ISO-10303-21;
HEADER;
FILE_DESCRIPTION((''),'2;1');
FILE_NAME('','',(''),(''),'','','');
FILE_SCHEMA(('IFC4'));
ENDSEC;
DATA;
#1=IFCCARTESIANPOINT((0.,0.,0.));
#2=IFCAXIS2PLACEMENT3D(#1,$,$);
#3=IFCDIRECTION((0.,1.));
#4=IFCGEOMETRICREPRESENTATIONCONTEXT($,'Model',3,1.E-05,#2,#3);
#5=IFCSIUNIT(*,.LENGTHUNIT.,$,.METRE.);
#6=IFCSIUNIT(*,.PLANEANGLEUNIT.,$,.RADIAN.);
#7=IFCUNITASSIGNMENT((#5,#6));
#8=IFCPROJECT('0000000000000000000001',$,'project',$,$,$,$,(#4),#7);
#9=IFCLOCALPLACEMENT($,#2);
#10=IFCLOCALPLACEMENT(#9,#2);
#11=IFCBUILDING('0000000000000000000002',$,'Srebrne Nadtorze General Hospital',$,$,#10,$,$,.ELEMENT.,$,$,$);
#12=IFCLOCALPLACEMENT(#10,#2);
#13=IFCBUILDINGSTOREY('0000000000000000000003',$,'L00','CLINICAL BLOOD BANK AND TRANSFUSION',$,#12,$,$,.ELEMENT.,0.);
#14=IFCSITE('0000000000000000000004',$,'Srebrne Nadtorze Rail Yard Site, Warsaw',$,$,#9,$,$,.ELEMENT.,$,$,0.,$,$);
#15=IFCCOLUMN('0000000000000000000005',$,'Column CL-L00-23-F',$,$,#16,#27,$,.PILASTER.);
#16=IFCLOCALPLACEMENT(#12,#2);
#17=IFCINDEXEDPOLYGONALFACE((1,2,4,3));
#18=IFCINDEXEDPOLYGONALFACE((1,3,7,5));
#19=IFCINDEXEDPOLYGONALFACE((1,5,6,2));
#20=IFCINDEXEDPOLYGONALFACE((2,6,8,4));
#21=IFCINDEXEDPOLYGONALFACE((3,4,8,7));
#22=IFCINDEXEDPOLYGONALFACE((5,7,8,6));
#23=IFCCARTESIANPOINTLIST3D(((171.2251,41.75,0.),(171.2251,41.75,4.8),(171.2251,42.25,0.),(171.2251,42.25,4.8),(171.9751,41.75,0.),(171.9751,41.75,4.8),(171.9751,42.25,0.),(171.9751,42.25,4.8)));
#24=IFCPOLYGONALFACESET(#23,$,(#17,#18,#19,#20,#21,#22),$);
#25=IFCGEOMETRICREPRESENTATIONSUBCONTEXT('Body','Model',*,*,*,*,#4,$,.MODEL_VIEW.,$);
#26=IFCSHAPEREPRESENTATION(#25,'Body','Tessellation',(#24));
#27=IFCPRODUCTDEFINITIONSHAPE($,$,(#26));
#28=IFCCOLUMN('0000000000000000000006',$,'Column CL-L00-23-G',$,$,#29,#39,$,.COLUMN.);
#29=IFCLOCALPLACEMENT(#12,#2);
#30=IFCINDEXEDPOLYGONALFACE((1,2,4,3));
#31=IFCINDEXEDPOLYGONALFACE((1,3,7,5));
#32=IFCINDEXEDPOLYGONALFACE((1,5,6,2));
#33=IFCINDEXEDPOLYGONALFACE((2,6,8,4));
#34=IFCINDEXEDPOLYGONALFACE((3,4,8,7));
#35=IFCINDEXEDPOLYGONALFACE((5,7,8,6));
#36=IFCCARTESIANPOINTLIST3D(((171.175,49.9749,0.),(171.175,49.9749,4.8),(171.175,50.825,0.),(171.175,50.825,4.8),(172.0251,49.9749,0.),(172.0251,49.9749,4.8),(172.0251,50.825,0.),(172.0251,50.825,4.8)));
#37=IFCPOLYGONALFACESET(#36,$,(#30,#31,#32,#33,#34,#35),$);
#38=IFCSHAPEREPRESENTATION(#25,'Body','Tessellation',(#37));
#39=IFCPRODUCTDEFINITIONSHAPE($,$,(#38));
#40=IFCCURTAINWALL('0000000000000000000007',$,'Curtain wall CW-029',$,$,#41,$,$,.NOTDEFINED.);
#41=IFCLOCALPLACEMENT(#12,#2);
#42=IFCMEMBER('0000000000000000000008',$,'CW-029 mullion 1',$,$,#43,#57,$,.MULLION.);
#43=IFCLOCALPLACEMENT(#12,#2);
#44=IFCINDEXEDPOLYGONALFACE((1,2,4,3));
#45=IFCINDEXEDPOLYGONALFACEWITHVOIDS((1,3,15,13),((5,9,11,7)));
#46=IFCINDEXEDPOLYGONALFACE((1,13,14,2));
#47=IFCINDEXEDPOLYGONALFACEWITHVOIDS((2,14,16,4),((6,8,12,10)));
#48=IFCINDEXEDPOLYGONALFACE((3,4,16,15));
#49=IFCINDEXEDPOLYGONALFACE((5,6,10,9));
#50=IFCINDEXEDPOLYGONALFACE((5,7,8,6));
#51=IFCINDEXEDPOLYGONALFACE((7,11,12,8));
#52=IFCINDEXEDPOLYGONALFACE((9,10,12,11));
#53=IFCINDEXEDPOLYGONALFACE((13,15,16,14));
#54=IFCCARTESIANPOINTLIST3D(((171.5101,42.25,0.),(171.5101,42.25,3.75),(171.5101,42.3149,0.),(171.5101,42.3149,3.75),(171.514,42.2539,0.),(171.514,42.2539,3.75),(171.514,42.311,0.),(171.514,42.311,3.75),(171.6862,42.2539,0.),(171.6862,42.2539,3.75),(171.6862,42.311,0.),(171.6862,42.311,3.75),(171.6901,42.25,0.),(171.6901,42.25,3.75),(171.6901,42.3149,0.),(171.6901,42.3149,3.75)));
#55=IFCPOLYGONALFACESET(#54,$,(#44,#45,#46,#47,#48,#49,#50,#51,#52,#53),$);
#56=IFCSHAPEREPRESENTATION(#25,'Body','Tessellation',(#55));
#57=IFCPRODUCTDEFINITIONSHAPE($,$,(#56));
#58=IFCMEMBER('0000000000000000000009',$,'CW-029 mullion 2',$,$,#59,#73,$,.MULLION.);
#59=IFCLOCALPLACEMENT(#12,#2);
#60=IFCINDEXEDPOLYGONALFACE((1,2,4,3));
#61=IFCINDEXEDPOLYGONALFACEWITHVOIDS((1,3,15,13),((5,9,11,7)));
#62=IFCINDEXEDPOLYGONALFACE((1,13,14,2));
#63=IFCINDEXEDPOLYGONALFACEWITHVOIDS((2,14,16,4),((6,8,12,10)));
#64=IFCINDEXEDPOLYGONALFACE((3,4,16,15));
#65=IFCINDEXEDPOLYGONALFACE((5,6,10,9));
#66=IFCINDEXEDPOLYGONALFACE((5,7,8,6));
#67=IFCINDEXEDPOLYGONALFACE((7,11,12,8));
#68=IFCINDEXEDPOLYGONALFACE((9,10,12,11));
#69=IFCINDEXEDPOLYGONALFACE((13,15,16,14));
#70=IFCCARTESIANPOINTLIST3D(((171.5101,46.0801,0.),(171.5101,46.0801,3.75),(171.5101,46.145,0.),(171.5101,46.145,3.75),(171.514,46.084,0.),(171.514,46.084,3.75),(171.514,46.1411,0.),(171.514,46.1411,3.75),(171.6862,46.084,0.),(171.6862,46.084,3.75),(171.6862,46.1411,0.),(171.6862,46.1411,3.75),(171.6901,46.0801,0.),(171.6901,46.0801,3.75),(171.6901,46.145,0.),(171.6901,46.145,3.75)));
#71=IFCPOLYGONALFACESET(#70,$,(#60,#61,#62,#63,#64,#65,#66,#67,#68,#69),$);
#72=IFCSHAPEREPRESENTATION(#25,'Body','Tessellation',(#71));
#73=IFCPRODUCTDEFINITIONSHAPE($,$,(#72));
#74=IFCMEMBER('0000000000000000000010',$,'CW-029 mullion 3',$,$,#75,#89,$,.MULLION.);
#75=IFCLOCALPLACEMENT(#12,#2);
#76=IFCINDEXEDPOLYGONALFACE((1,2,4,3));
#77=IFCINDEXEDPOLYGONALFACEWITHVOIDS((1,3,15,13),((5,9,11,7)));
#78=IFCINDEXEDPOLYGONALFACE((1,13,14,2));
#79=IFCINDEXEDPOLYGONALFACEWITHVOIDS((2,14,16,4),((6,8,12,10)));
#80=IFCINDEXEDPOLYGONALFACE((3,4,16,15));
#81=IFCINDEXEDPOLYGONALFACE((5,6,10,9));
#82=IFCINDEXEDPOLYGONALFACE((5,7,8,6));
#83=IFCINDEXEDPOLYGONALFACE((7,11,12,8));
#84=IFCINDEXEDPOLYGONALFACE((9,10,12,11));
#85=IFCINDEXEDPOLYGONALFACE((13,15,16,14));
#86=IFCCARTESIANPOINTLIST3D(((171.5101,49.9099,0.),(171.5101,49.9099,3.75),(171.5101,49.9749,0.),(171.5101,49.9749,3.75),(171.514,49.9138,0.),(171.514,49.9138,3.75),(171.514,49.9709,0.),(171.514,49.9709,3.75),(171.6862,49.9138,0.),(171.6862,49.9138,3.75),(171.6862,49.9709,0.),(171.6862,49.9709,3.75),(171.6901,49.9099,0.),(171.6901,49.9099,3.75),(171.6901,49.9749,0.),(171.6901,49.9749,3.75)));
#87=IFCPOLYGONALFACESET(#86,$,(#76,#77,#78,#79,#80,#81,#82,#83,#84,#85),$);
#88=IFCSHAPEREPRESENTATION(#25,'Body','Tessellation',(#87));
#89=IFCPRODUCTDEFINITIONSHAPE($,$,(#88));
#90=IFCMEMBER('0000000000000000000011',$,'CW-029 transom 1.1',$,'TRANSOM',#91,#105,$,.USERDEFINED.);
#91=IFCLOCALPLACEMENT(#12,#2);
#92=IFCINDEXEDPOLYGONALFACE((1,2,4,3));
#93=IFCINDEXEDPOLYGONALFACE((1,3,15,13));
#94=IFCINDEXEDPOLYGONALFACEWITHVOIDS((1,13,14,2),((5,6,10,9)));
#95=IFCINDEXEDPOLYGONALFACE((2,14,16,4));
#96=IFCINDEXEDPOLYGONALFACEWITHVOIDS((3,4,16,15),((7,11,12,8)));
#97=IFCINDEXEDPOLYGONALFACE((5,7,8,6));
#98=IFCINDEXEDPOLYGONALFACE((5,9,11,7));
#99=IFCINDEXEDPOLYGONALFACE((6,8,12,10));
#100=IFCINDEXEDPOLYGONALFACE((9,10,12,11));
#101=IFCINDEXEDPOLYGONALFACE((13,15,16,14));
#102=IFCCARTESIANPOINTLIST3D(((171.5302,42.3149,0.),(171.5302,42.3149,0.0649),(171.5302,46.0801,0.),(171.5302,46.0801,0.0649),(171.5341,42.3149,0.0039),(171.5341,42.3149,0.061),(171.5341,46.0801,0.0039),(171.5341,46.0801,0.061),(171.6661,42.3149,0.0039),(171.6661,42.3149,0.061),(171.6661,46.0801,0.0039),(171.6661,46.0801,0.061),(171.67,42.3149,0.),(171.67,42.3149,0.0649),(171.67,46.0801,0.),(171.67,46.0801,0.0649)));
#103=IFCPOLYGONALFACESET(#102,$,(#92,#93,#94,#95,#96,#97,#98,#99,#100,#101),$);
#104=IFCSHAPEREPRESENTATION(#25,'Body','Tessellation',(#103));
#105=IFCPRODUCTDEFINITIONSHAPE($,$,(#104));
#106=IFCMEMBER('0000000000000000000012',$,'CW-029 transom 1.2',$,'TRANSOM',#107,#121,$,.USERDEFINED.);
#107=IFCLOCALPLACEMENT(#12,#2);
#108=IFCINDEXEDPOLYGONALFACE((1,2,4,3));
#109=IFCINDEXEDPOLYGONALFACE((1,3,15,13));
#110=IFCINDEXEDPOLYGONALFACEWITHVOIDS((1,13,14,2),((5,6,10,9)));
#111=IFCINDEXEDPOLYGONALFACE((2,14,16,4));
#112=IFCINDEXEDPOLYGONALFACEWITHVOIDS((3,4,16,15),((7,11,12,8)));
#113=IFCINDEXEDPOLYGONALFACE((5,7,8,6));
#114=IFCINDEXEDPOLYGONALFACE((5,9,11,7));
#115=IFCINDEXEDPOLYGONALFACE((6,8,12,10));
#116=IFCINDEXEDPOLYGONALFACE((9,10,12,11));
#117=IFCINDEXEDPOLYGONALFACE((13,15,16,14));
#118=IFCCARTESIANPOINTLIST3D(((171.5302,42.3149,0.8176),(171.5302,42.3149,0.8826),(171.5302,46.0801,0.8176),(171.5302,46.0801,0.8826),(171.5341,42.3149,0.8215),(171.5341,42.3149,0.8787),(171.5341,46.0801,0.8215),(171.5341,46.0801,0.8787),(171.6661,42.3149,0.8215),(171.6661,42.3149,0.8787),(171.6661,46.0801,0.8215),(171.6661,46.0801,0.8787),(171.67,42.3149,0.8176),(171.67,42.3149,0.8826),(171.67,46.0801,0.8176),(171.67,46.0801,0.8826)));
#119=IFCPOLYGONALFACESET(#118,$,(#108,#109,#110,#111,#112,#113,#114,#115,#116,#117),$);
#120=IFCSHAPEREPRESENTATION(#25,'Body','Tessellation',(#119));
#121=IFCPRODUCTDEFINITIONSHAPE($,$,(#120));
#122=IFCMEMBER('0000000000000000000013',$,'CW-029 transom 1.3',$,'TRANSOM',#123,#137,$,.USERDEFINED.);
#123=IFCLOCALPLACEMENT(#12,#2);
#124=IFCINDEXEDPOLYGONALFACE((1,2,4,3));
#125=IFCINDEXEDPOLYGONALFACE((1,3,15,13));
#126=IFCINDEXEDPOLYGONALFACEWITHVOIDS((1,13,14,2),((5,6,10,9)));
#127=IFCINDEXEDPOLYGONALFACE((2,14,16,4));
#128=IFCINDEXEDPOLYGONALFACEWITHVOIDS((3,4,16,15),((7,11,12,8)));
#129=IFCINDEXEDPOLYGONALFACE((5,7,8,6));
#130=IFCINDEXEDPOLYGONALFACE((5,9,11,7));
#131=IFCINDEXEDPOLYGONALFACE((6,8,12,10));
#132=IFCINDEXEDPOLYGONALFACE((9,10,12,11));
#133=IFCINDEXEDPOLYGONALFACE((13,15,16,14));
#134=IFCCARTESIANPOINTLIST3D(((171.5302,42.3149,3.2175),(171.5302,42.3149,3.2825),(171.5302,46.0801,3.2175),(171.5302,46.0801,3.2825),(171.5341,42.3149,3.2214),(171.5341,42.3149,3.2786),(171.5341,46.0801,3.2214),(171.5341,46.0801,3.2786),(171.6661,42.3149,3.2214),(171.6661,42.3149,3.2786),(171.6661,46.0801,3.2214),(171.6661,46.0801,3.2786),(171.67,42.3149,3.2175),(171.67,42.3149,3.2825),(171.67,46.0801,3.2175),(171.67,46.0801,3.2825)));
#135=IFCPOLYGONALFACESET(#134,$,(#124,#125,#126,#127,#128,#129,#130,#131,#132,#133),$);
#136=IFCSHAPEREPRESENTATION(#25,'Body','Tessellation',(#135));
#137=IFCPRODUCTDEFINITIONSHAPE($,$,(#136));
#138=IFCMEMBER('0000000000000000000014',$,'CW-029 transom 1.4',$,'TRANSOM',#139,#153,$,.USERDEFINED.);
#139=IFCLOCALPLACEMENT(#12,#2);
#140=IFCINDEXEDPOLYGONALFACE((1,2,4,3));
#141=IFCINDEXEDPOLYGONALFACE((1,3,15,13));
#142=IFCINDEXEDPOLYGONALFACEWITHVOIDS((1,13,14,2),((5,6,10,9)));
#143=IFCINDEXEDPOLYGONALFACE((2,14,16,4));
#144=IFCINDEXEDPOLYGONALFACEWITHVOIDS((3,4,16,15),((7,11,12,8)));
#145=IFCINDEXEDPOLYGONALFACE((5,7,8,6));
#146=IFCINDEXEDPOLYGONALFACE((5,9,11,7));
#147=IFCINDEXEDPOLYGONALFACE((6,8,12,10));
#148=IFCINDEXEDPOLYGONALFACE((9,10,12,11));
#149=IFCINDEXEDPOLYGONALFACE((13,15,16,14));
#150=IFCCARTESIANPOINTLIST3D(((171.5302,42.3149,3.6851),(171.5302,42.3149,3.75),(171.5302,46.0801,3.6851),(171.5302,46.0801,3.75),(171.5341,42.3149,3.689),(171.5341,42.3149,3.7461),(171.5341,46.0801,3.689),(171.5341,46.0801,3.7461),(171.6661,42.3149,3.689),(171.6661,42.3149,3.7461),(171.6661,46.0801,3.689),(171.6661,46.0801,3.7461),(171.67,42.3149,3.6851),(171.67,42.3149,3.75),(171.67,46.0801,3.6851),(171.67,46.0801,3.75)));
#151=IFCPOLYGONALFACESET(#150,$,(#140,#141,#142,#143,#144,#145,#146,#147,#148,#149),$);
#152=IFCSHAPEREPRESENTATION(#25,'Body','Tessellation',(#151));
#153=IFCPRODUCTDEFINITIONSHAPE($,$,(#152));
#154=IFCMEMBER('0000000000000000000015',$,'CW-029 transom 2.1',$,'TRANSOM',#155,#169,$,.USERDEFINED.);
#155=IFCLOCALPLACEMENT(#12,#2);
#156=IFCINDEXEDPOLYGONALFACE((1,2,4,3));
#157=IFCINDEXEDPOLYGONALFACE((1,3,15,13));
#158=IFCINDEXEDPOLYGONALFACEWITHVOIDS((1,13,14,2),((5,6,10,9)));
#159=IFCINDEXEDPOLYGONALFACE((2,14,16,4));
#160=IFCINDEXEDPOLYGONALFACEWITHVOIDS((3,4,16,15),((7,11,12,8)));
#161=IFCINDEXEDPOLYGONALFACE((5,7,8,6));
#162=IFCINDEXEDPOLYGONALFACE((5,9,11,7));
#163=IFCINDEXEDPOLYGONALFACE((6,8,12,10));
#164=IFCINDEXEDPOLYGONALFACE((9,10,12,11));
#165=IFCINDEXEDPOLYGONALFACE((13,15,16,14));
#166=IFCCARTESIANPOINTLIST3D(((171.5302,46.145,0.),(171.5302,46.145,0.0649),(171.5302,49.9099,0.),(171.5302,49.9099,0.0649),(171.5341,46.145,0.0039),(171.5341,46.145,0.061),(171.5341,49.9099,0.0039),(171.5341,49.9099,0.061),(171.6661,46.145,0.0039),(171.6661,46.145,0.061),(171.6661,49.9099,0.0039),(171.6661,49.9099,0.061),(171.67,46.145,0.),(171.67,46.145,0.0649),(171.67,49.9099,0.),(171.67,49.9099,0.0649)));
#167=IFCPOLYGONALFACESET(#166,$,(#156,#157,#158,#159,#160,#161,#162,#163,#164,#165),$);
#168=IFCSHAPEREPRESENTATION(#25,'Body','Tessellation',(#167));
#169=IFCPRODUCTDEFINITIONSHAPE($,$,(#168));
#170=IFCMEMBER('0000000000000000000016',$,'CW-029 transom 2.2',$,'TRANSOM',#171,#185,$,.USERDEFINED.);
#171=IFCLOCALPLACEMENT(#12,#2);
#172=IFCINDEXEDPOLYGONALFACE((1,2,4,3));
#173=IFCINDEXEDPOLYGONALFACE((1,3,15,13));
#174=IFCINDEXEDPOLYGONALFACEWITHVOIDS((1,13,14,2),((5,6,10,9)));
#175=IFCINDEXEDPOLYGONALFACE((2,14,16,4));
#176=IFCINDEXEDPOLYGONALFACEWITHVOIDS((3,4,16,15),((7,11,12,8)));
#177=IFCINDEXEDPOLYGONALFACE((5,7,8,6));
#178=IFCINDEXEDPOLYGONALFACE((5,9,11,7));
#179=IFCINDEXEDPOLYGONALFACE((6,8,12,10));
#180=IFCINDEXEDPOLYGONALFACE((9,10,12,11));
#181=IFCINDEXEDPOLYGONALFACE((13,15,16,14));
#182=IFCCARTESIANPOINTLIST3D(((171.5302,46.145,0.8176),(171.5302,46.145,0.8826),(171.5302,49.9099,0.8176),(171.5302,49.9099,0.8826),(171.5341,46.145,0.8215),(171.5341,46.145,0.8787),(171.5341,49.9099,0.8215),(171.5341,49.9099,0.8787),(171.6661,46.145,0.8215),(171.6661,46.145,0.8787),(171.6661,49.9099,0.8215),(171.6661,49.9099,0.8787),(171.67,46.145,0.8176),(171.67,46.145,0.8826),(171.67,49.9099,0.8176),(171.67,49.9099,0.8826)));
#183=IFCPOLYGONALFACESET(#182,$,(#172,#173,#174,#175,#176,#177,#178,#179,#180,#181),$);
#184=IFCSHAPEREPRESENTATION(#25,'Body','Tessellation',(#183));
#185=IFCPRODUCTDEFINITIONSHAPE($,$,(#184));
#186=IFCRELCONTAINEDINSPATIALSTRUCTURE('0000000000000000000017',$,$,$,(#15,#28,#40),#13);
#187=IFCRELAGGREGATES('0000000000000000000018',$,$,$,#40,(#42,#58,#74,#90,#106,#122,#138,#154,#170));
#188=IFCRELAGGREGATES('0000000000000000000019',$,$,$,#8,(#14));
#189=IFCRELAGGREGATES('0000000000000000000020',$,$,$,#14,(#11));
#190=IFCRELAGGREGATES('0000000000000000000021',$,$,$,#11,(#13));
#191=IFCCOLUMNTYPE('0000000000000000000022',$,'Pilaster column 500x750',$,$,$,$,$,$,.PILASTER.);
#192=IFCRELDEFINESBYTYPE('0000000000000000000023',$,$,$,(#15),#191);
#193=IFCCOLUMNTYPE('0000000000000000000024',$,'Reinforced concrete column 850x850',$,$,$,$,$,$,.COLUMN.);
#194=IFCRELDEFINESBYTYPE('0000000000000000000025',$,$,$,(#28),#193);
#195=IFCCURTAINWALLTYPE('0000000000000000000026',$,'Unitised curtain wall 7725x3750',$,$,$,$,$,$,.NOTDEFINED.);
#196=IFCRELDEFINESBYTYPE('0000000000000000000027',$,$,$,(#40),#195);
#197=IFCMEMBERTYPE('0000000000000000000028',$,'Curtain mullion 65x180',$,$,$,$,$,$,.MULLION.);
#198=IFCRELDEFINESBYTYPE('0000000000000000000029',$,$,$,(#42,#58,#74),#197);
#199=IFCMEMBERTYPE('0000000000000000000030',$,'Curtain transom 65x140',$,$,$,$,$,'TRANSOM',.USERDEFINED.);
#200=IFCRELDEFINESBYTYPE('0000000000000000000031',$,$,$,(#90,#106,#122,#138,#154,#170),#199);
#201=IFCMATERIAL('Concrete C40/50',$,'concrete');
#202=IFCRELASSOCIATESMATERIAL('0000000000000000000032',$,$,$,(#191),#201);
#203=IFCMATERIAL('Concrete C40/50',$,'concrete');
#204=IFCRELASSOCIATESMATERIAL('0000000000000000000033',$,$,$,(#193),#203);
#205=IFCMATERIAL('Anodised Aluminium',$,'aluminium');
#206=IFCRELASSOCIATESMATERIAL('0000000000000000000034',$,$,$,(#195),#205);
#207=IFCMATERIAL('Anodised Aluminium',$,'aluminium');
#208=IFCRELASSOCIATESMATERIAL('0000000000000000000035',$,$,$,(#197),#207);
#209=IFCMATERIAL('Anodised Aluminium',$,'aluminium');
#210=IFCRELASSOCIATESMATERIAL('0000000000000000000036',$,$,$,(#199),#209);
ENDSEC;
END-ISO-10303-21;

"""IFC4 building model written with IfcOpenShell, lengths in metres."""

from ifc_helpers import new_model, si_unit, direction, frame, origin, origin_2d, place, context, subcontext, project, spatial, rectangle, hollow_rectangle, extrude, material, material_profile, profile_set, type_object, element, aggregate, save


model = new_model("IFC4")

# Units and contexts
model_context = context("Model", 3, precision=1e-05, world=origin(), true_north=direction((0.0, 1.0)))
body_context = subcontext(model_context, "Body", "Model", "MODEL_VIEW")
ifc_project = project(units=[si_unit("LENGTHUNIT", "METRE"), si_unit("PLANEANGLEUNIT", "RADIAN")], contexts=[model_context])

# Site, building, storey
site_placement = place(None, origin())
site = spatial("IfcSite", under=ifc_project, at=site_placement, Name="Srebrne Nadtorze Rail Yard Site, Warsaw", CompositionType="ELEMENT", RefElevation=0.0)
building_placement = place(site_placement, origin())
building = spatial("IfcBuilding", under=site, at=building_placement, Name="Srebrne Nadtorze General Hospital", CompositionType="ELEMENT")
storey_placement = place(building_placement, origin())
storey = spatial("IfcBuildingStorey", under=building, at=storey_placement, Name="L00", Description="CLINICAL BLOOD BANK AND TRANSFUSION", CompositionType="ELEMENT", Elevation=0.0)

# Columns
ifc_material_1 = material(Name="Concrete C40/50", Category="concrete")
ifc_material_profile_1 = material_profile(ifc_material_1, rectangle(XDim=0.5, YDim=0.75, at=origin_2d()), Name="RC-PIL-500x750")
ifc_profile_set_1 = profile_set([ifc_material_profile_1], Name="Concrete C40/50")
column_type_1 = type_object("IfcColumnType", Name="Pilaster column 500x750", PredefinedType="PILASTER", material=ifc_profile_set_1)
column_1_placement = place(storey_placement, frame((171.6001, 42.0, 0.0), z_axis=(0.0, 0.0, 1.0), x_axis=(0.0, 1.0, 0.0)))
element("IfcColumn", 1, at=column_1_placement, inside=storey, type_object=column_type_1, Name="Column CL-L00-23-F", PredefinedType="PILASTER", context=body_context, shape_type="SweptSolid", body=[
    extrude(rectangle(XDim=0.5, YDim=0.75, at=origin_2d()), origin(), (0.0, 0.0, 1.0), 4.8),
])
ifc_material_2 = material(Name="Concrete C40/50", Category="concrete")
ifc_material_profile_2 = material_profile(ifc_material_2, rectangle(XDim=0.8501, YDim=0.8501, at=origin_2d()), Name="RC-COL-850x850")
ifc_profile_set_2 = profile_set([ifc_material_profile_2], Name="Concrete C40/50")
column_type_2 = type_object("IfcColumnType", Name="Reinforced concrete column 850x850", PredefinedType="COLUMN", material=ifc_profile_set_2)
column_2_placement = place(storey_placement, frame((171.6001, 50.3999, 0.0), z_axis=(0.0, 0.0, 1.0), x_axis=(1.0, 0.0, 0.0)))
element("IfcColumn", 2, at=column_2_placement, inside=storey, type_object=column_type_2, Name="Column CL-L00-23-G", PredefinedType="COLUMN", context=body_context, shape_type="SweptSolid", body=[
    extrude(rectangle(XDim=0.8501, YDim=0.8501, at=origin_2d()), origin(), (0.0, 0.0, 1.0), 4.8),
])

# Curtain wall, members
ifc_material_3 = material(Name="Anodised Aluminium", Category="aluminium")
curtain_wall_type = type_object("IfcCurtainWallType", Name="Unitised curtain wall 7725x3750", PredefinedType="NOTDEFINED", material=ifc_material_3)
curtain_wall_placement = place(storey_placement, origin())
curtain_wall = element("IfcCurtainWall", 3, at=curtain_wall_placement, inside=storey, type_object=curtain_wall_type, Name="Curtain wall CW-029", PredefinedType="NOTDEFINED")
ifc_material_4 = material(Name="Anodised Aluminium", Category="aluminium")
ifc_material_profile_3 = material_profile(ifc_material_4, hollow_rectangle(XDim=0.0649, YDim=0.1799, WallThickness=0.0039, at=origin_2d()), Name="AL-MUL-65x180")
ifc_profile_set_3 = profile_set([ifc_material_profile_3], Name="Anodised Aluminium")
member_type_1 = type_object("IfcMemberType", Name="Curtain mullion 65x180", PredefinedType="MULLION", material=ifc_profile_set_3)
member_1_placement = place(storey_placement, frame((171.6001, 42.2825, 0.0), z_axis=(0.0, 0.0, 1.0), x_axis=(0.0, 1.0, 0.0)))
member_1 = element("IfcMember", 4, at=member_1_placement, type_object=member_type_1, Name="CW-029 mullion 1", PredefinedType="MULLION", context=body_context, shape_type="SweptSolid", body=[
    extrude(hollow_rectangle(XDim=0.0649, YDim=0.1799, WallThickness=0.0039, at=origin_2d()), origin(), (0.0, 0.0, 1.0), 3.75),
])
member_2_placement = place(storey_placement, frame((171.6001, 46.1125, 0.0), z_axis=(0.0, 0.0, 1.0), x_axis=(0.0, 1.0, 0.0)))
member_2 = element("IfcMember", 5, at=member_2_placement, type_object=member_type_1, Name="CW-029 mullion 2", PredefinedType="MULLION", context=body_context, shape_type="SweptSolid", body=[
    extrude(hollow_rectangle(XDim=0.0649, YDim=0.1799, WallThickness=0.0039, at=origin_2d()), origin(), (0.0, 0.0, 1.0), 3.75),
])
member_3_placement = place(storey_placement, frame((171.6001, 49.9424, 0.0), z_axis=(0.0, 0.0, 1.0), x_axis=(0.0, 1.0, 0.0)))
member_3 = element("IfcMember", 6, at=member_3_placement, type_object=member_type_1, Name="CW-029 mullion 3", PredefinedType="MULLION", context=body_context, shape_type="SweptSolid", body=[
    extrude(hollow_rectangle(XDim=0.0649, YDim=0.1799, WallThickness=0.0039, at=origin_2d()), origin(), (0.0, 0.0, 1.0), 3.75),
])
ifc_material_5 = material(Name="Anodised Aluminium", Category="aluminium")
ifc_material_profile_4 = material_profile(ifc_material_5, hollow_rectangle(XDim=0.0649, YDim=0.1399, WallThickness=0.0039, at=origin_2d()), Name="AL-TRN-65x140")
ifc_profile_set_4 = profile_set([ifc_material_profile_4], Name="Anodised Aluminium")
member_type_2 = type_object("IfcMemberType", Name="Curtain transom 65x140", ElementType="TRANSOM", PredefinedType="USERDEFINED", material=ifc_profile_set_4)
member_4_placement = place(storey_placement, frame((171.6001, 42.3149, 0.0325), z_axis=(0.0, 1.0, 0.0), x_axis=(0.0, 0.0, 1.0)))
member_4 = element("IfcMember", 7, at=member_4_placement, type_object=member_type_2, Name="CW-029 transom 1.1", ObjectType="TRANSOM", PredefinedType="USERDEFINED", context=body_context, shape_type="SweptSolid", body=[
    extrude(hollow_rectangle(XDim=0.0649, YDim=0.1399, WallThickness=0.0039, at=origin_2d()), origin(), (0.0, 0.0, 1.0), 3.7651),
])
member_5_placement = place(storey_placement, frame((171.6001, 42.3149, 0.8501), z_axis=(0.0, 1.0, 0.0), x_axis=(0.0, 0.0, 1.0)))
member_5 = element("IfcMember", 8, at=member_5_placement, type_object=member_type_2, Name="CW-029 transom 1.2", ObjectType="TRANSOM", PredefinedType="USERDEFINED", context=body_context, shape_type="SweptSolid", body=[
    extrude(hollow_rectangle(XDim=0.0649, YDim=0.1399, WallThickness=0.0039, at=origin_2d()), origin(), (0.0, 0.0, 1.0), 3.7651),
])
member_6_placement = place(storey_placement, frame((171.6001, 42.3149, 3.25), z_axis=(0.0, 1.0, 0.0), x_axis=(0.0, 0.0, 1.0)))
member_6 = element("IfcMember", 9, at=member_6_placement, type_object=member_type_2, Name="CW-029 transom 1.3", ObjectType="TRANSOM", PredefinedType="USERDEFINED", context=body_context, shape_type="SweptSolid", body=[
    extrude(hollow_rectangle(XDim=0.0649, YDim=0.1399, WallThickness=0.0039, at=origin_2d()), origin(), (0.0, 0.0, 1.0), 3.7651),
])
member_7_placement = place(storey_placement, frame((171.6001, 42.3149, 3.7175), z_axis=(0.0, 1.0, 0.0), x_axis=(0.0, 0.0, 1.0)))
member_7 = element("IfcMember", 10, at=member_7_placement, type_object=member_type_2, Name="CW-029 transom 1.4", ObjectType="TRANSOM", PredefinedType="USERDEFINED", context=body_context, shape_type="SweptSolid", body=[
    extrude(hollow_rectangle(XDim=0.0649, YDim=0.1399, WallThickness=0.0039, at=origin_2d()), origin(), (0.0, 0.0, 1.0), 3.7651),
])
member_8_placement = place(storey_placement, frame((171.6001, 46.145, 0.0325), z_axis=(0.0, 1.0, 0.0), x_axis=(0.0, 0.0, 1.0)))
member_8 = element("IfcMember", 11, at=member_8_placement, type_object=member_type_2, Name="CW-029 transom 2.1", ObjectType="TRANSOM", PredefinedType="USERDEFINED", context=body_context, shape_type="SweptSolid", body=[
    extrude(hollow_rectangle(XDim=0.0649, YDim=0.1399, WallThickness=0.0039, at=origin_2d()), origin(), (0.0, 0.0, 1.0), 3.7649),
])
member_9_placement = place(storey_placement, frame((171.6001, 46.145, 0.8501), z_axis=(0.0, 1.0, 0.0), x_axis=(0.0, 0.0, 1.0)))
member_9 = element("IfcMember", 12, at=member_9_placement, type_object=member_type_2, Name="CW-029 transom 2.2", ObjectType="TRANSOM", PredefinedType="USERDEFINED", context=body_context, shape_type="SweptSolid", body=[
    extrude(hollow_rectangle(XDim=0.0649, YDim=0.1399, WallThickness=0.0039, at=origin_2d()), origin(), (0.0, 0.0, 1.0), 3.7649),
])

aggregate(curtain_wall, [member_1, member_2, member_3, member_4, member_5, member_6, member_7, member_8, member_9])

save(model, "model.ifc")
